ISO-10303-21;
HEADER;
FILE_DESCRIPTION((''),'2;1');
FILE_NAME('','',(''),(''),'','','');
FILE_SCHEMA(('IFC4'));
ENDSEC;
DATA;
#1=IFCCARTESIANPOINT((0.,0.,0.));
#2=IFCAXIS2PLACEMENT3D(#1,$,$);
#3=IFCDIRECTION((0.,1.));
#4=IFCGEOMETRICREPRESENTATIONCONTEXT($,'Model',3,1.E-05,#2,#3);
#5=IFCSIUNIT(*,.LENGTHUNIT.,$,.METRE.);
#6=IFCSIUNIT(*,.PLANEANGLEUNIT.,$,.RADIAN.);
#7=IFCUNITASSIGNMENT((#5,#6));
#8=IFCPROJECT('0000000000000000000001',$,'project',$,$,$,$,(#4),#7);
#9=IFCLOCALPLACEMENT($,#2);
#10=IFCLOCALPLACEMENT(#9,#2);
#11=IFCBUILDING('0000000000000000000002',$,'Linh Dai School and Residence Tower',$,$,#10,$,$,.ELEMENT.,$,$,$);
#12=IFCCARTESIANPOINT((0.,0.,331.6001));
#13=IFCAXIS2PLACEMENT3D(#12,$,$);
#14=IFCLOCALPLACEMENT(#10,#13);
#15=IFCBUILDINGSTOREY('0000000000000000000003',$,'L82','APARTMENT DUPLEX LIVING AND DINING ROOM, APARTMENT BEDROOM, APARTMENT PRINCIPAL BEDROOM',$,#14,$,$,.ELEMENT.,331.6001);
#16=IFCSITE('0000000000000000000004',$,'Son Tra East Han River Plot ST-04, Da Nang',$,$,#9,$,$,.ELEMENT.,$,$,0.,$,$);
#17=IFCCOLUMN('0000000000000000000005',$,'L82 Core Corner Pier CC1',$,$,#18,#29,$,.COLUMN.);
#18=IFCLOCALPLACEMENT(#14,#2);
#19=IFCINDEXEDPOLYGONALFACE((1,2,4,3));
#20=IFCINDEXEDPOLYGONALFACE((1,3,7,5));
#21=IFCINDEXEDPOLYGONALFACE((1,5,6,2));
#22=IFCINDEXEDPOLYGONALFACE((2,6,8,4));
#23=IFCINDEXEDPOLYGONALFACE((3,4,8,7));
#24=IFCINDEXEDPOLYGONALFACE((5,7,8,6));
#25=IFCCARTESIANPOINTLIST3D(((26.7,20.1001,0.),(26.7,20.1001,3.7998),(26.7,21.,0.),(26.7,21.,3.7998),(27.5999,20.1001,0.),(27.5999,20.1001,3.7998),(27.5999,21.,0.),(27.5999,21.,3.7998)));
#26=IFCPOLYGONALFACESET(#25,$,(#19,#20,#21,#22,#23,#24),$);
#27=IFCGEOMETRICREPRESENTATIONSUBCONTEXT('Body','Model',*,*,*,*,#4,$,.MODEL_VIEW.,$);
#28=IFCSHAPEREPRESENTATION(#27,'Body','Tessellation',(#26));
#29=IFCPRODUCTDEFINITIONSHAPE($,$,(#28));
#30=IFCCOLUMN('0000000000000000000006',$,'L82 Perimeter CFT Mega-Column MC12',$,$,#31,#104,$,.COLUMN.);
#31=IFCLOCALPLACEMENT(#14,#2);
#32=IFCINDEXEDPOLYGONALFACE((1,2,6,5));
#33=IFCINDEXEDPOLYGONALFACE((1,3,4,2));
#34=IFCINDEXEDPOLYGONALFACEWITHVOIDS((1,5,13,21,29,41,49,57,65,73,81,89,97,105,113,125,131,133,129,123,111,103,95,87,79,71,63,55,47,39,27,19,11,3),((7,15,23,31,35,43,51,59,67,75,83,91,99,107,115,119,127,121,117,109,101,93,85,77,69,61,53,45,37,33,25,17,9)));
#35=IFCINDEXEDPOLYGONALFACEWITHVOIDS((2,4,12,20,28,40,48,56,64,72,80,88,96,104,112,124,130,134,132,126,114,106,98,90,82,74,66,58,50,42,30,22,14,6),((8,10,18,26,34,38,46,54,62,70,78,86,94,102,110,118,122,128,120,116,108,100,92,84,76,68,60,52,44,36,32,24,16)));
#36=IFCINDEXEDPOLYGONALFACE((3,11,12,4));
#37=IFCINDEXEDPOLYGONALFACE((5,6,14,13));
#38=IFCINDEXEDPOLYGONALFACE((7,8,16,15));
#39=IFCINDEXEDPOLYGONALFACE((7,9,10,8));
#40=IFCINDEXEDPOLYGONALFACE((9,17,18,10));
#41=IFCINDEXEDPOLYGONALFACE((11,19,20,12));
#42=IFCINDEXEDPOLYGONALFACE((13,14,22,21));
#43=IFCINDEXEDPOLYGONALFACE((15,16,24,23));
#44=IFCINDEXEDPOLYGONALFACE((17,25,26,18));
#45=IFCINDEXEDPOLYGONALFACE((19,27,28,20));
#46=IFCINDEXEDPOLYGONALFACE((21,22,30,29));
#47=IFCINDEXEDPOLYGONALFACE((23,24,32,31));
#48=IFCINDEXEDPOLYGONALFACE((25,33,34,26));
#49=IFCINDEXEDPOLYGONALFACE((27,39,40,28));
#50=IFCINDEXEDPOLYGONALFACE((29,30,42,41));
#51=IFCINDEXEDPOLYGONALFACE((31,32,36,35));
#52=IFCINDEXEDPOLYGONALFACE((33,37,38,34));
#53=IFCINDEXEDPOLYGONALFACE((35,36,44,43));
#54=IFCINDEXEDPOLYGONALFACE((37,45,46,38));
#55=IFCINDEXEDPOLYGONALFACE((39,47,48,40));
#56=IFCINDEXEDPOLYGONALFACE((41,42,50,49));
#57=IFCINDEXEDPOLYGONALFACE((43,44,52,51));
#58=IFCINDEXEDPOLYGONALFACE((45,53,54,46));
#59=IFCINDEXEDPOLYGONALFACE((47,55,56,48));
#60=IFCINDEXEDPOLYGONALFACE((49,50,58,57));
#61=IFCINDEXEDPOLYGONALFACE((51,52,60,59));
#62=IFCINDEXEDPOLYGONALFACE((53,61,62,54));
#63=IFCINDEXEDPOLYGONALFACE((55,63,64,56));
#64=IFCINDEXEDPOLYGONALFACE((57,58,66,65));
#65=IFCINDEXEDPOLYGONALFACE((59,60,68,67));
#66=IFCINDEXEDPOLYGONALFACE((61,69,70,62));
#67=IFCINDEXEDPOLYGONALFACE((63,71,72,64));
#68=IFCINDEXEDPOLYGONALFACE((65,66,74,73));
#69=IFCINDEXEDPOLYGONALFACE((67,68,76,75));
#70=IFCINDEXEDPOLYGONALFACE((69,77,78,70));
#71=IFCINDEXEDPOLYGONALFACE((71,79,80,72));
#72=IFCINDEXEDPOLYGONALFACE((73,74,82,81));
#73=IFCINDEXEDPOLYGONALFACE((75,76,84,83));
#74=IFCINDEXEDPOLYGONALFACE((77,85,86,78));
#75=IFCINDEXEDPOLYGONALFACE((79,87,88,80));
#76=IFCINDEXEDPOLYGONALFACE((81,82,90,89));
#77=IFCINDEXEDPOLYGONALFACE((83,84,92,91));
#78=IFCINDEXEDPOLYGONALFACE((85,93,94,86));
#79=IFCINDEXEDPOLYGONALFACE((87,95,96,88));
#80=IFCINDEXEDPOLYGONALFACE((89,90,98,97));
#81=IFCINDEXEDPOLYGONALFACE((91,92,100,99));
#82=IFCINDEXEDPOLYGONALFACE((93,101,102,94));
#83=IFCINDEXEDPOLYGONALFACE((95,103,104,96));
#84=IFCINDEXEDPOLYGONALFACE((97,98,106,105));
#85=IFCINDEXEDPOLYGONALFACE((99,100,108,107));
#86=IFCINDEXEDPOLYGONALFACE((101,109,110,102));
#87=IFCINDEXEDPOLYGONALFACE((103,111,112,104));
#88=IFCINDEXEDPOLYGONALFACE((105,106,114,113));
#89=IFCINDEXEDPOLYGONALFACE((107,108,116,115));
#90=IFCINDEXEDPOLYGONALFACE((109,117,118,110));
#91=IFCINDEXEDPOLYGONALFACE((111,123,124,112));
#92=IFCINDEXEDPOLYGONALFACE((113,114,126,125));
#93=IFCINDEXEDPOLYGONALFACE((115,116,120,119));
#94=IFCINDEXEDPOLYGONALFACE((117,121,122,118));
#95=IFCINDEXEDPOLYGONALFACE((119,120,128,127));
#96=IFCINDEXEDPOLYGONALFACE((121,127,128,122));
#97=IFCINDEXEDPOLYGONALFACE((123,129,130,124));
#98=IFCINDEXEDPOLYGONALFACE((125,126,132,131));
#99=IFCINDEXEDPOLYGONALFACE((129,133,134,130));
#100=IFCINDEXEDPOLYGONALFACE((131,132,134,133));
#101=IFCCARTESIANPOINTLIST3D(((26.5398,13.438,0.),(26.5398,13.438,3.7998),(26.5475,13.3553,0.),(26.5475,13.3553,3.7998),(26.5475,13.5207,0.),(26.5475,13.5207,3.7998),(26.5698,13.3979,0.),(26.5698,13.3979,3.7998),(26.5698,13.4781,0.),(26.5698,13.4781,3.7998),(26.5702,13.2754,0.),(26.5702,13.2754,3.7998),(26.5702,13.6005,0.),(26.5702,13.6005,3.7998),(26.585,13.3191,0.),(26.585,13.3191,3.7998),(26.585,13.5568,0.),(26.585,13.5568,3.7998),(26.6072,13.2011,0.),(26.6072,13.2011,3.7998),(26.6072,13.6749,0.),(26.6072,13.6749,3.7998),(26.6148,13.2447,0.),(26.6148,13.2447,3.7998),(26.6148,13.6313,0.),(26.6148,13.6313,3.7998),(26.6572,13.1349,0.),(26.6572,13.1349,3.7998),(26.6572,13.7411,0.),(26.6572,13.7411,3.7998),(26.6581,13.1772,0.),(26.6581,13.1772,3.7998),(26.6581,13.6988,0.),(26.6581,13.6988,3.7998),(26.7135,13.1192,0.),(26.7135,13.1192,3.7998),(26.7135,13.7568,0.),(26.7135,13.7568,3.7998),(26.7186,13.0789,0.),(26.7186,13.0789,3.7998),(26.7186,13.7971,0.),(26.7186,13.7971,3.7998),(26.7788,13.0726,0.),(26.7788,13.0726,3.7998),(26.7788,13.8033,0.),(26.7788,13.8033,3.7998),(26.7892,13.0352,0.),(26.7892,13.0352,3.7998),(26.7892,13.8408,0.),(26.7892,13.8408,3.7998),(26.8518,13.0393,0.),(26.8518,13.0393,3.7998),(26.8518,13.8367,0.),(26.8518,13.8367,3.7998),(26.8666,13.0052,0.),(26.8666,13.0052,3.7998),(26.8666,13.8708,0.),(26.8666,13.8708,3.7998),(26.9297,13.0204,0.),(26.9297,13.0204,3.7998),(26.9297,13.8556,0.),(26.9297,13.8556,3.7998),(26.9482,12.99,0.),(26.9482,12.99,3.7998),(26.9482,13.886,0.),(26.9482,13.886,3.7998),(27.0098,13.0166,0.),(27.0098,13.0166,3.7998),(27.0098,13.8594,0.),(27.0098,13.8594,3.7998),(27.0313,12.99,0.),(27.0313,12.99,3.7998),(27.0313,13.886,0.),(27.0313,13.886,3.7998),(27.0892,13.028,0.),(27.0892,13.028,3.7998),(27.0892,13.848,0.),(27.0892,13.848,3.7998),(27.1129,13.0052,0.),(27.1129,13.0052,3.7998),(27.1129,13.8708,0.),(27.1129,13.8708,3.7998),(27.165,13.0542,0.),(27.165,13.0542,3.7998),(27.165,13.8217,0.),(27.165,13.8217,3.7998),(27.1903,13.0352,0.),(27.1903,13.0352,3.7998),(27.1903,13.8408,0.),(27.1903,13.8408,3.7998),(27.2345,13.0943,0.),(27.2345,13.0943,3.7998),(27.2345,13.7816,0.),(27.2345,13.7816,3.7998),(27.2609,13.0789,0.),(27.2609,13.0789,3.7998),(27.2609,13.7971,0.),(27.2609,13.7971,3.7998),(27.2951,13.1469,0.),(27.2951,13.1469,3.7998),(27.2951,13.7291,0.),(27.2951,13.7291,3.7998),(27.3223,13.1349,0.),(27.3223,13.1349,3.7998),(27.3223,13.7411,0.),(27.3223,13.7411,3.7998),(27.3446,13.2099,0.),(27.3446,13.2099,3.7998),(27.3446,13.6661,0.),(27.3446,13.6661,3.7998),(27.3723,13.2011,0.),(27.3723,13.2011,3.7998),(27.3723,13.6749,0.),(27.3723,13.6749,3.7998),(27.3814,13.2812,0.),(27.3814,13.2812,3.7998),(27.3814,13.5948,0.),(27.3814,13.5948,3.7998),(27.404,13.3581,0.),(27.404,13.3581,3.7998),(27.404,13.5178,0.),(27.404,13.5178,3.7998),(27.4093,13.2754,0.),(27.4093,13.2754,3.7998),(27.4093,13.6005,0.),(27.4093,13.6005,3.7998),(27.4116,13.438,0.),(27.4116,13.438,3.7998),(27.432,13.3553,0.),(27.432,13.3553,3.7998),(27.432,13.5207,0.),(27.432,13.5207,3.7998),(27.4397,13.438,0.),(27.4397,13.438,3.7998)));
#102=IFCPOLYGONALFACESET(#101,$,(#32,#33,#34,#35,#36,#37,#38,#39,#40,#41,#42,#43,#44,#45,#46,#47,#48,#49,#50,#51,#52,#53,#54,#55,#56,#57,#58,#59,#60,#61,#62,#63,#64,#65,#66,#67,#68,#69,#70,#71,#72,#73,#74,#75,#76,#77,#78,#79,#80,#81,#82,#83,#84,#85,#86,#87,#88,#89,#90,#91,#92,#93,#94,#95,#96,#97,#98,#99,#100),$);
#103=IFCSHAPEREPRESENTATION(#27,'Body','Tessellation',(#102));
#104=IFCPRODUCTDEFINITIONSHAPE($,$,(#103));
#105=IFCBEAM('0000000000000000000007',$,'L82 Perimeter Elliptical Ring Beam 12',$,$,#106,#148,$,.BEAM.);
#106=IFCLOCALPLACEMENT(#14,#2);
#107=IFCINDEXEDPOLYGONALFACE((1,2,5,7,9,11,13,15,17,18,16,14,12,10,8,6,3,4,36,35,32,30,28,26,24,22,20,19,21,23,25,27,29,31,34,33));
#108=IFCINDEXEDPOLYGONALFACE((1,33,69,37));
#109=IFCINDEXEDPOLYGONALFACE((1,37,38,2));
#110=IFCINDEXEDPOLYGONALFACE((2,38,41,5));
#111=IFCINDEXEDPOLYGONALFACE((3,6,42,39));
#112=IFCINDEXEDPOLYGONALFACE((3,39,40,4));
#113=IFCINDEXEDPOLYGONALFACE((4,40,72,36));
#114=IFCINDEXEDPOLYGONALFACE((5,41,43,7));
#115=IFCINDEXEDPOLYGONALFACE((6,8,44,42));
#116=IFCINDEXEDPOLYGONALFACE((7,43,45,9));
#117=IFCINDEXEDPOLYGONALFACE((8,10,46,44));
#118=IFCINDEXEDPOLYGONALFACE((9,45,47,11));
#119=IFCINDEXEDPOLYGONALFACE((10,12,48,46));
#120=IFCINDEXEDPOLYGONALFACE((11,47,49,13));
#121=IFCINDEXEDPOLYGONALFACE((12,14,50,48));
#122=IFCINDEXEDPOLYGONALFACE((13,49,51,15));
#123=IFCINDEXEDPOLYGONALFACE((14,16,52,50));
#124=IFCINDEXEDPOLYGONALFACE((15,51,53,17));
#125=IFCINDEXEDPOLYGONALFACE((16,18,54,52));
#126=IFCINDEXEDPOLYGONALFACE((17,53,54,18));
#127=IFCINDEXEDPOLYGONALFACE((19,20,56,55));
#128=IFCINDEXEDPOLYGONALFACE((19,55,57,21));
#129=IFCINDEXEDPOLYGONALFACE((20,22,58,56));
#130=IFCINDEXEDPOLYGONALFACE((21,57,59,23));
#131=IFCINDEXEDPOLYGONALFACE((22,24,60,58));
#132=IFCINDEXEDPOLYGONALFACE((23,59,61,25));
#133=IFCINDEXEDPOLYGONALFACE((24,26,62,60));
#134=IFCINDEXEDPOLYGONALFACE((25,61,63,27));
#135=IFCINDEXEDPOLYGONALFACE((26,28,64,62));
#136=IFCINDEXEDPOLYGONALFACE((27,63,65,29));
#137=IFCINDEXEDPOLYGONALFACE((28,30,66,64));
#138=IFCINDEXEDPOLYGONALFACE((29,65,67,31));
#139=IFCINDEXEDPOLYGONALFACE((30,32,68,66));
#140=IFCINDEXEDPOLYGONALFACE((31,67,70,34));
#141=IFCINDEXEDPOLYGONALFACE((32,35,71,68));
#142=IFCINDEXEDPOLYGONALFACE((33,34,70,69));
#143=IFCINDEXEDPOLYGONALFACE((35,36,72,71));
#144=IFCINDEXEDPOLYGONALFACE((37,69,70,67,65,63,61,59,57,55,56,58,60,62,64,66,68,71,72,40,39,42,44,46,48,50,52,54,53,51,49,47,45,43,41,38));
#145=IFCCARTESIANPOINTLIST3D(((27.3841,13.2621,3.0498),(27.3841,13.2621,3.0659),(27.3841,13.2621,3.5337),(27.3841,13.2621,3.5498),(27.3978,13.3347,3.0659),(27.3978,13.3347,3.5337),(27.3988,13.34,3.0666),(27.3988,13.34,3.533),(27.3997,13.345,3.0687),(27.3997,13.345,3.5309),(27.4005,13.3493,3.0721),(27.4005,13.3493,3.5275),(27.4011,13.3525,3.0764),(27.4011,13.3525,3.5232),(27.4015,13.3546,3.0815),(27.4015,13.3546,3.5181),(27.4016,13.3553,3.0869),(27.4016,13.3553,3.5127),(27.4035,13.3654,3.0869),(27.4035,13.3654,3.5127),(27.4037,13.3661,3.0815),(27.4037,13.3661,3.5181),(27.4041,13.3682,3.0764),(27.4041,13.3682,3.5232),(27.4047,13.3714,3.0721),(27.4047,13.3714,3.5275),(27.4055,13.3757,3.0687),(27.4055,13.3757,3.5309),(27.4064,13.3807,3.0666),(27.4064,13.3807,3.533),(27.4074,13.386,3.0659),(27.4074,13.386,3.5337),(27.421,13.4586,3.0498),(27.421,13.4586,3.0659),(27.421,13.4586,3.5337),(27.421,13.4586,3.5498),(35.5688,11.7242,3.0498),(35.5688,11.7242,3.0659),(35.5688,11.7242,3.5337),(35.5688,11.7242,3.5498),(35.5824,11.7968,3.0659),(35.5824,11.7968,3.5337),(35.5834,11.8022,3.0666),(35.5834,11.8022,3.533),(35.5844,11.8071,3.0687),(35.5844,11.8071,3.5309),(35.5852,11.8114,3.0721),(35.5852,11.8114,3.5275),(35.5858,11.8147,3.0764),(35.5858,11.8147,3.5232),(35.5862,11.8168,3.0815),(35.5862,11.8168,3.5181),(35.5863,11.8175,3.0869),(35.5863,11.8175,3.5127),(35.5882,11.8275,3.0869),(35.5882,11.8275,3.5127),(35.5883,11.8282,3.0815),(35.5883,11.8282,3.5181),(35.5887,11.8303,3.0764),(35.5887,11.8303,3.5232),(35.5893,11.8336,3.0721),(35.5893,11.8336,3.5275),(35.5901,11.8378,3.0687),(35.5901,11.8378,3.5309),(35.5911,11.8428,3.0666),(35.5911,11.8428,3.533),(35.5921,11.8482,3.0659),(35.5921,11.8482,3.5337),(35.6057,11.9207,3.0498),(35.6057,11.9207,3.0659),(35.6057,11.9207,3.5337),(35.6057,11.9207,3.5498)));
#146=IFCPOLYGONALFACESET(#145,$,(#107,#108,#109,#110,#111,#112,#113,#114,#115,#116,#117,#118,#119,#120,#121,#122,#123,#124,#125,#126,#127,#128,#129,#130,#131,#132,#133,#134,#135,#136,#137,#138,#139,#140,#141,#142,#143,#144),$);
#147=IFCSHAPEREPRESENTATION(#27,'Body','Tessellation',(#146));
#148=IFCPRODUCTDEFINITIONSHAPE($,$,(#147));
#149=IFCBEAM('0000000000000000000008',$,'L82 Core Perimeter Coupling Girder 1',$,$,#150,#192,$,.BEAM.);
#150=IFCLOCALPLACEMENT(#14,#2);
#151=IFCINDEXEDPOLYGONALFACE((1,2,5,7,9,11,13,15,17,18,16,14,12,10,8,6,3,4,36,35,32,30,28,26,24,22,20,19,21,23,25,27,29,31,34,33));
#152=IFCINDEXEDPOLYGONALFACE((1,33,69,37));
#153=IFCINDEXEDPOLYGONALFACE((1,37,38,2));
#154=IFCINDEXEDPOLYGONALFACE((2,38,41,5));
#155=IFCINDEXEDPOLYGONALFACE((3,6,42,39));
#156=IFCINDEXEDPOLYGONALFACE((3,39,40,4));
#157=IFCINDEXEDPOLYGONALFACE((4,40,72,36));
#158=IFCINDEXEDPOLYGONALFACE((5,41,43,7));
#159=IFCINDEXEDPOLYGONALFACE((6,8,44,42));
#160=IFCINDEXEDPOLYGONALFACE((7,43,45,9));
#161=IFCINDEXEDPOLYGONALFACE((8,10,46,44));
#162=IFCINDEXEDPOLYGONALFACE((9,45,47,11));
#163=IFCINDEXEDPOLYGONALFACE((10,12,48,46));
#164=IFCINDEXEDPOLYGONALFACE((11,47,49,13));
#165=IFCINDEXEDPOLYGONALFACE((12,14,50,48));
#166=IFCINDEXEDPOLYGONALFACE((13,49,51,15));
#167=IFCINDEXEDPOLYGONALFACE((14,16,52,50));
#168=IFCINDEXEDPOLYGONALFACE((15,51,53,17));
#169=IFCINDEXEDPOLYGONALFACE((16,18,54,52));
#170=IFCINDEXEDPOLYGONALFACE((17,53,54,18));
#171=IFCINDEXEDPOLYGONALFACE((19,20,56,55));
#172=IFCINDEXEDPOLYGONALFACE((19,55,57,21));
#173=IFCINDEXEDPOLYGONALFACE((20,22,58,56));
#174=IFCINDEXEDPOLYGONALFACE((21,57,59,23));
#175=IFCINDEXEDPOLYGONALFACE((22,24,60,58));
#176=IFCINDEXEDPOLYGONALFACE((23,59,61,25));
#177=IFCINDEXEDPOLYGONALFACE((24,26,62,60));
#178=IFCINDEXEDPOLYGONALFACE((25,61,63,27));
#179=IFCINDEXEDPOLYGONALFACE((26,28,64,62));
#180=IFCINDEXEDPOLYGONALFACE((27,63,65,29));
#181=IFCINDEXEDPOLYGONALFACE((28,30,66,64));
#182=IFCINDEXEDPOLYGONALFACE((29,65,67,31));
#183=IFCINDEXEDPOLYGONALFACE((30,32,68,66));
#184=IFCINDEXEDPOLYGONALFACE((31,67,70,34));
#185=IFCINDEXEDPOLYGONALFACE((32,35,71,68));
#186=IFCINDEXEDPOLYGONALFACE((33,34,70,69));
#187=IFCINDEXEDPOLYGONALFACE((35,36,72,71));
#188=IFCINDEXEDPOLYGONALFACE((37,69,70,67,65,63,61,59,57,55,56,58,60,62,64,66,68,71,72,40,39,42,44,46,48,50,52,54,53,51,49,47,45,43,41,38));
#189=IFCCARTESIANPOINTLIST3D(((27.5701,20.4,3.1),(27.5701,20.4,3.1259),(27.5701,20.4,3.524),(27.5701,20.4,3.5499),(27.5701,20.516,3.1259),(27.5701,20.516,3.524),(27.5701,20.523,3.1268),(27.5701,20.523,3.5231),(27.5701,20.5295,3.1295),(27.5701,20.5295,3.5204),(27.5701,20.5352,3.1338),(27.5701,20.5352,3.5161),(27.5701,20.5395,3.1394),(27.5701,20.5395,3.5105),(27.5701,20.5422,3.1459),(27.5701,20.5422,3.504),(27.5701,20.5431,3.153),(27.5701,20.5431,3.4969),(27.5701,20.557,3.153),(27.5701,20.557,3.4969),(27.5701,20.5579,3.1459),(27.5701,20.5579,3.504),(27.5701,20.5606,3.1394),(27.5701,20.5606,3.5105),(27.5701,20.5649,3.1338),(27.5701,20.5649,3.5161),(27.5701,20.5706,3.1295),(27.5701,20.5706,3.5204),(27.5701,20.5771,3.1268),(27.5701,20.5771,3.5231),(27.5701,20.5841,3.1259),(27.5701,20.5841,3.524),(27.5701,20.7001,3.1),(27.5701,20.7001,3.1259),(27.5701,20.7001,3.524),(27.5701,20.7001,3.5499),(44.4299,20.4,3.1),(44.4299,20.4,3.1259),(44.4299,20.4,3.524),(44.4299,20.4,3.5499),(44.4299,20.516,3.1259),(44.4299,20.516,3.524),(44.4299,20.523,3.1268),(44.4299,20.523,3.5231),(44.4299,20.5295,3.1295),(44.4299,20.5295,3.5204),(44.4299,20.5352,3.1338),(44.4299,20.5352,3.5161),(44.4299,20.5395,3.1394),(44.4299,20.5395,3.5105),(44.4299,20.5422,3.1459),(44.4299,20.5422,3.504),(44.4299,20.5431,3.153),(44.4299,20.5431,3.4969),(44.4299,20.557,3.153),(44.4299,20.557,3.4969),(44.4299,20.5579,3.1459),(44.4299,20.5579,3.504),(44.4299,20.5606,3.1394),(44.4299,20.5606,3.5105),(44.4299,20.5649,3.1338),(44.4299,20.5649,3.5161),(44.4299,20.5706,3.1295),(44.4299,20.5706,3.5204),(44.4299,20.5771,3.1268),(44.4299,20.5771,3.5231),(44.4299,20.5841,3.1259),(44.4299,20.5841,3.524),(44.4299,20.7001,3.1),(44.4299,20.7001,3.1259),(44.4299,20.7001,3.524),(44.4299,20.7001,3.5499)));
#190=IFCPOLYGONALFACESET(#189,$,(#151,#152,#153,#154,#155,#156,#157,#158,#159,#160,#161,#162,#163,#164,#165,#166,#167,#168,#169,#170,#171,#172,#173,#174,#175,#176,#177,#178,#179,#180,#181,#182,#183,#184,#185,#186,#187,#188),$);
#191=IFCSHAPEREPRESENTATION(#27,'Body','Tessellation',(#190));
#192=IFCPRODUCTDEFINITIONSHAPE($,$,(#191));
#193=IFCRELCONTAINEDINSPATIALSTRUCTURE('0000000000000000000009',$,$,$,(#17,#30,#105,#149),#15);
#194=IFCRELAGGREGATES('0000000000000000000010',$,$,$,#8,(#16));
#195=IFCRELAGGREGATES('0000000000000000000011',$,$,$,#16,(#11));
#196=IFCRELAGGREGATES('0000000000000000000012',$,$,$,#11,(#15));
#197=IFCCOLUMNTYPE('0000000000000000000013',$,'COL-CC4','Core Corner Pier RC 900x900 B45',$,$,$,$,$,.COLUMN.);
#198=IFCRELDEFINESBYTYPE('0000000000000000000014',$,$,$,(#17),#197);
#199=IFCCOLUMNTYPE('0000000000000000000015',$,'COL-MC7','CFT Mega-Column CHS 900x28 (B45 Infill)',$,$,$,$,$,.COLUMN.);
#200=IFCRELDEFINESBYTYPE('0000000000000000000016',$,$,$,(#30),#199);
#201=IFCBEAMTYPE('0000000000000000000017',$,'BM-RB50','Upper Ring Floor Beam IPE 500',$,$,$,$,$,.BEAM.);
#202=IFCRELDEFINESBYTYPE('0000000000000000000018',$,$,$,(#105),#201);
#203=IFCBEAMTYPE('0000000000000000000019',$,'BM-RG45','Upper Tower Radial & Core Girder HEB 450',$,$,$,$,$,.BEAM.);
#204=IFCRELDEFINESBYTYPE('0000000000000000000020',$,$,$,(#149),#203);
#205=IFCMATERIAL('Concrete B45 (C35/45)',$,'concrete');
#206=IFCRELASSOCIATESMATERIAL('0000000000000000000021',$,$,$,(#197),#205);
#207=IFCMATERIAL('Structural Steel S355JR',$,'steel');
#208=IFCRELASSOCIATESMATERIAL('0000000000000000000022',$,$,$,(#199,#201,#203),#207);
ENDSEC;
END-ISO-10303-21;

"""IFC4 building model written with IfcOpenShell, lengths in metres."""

from ifc_helpers import new_model, si_unit, direction, frame, origin, origin_2d, place, context, subcontext, project, spatial, rectangle, hollow_circle, i_section, extrude, material, material_profile, profile_set, type_object, element, save


model = new_model("IFC4")

# Units and contexts
model_context = context("Model", 3, precision=1e-05, world=origin(), true_north=direction((0.0, 1.0)))
body_context = subcontext(model_context, "Body", "Model", "MODEL_VIEW")
ifc_project = project(units=[si_unit("LENGTHUNIT", "METRE"), si_unit("PLANEANGLEUNIT", "RADIAN")], contexts=[model_context])

# Site, building, storey
site_placement = place(None, origin())
site = spatial("IfcSite", under=ifc_project, at=site_placement, Name="Son Tra East Han River Plot ST-04, Da Nang", CompositionType="ELEMENT", RefElevation=0.0)
building_placement = place(site_placement, origin())
building = spatial("IfcBuilding", under=site, at=building_placement, Name="Linh Dai School and Residence Tower", CompositionType="ELEMENT")
storey_placement = place(building_placement, frame((0.0, 0.0, 331.6001)))
storey = spatial("IfcBuildingStorey", under=building, at=storey_placement, Name="L82", Description="APARTMENT DUPLEX LIVING AND DINING ROOM, APARTMENT BEDROOM, APARTMENT PRINCIPAL BEDROOM", CompositionType="ELEMENT", Elevation=331.6001)

# Columns
ifc_material_1 = material(Name="Concrete B45 (C35/45)", Category="concrete")
ifc_material_profile_1 = material_profile(ifc_material_1, rectangle(XDim=0.8999, YDim=0.8999, at=origin_2d()), Name="RC 900x900")
ifc_profile_set_1 = profile_set([ifc_material_profile_1], Name="Concrete B45 (C35/45)")
column_type_1 = type_object("IfcColumnType", Name="COL-CC4", Description="Core Corner Pier RC 900x900 B45", PredefinedType="COLUMN", material=ifc_profile_set_1)
column_1_placement = place(storey_placement, frame((27.1499, 20.55, 0.0), z_axis=(0.0, 0.0, 1.0), x_axis=(1.0, 0.0, 0.0)))
element("IfcColumn", 1, at=column_1_placement, inside=storey, type_object=column_type_1, Name="L82 Core Corner Pier CC1", PredefinedType="COLUMN", context=body_context, shape_type="SweptSolid", body=[
    extrude(rectangle(XDim=0.8999, YDim=0.8999, at=origin_2d()), origin(), (0.0, 0.0, 1.0), 3.7998),
])
ifc_material_2 = material(Name="Structural Steel S355JR", Category="steel")
ifc_material_profile_2 = material_profile(ifc_material_2, hollow_circle(Radius=0.45, WallThickness=0.0281, at=origin_2d()), Name="CHS 900x28")
ifc_profile_set_2 = profile_set([ifc_material_profile_2], Name="Structural Steel S355JR")
column_type_2 = type_object("IfcColumnType", Name="COL-MC7", Description="CFT Mega-Column CHS 900x28 (B45 Infill)", PredefinedType="COLUMN", material=ifc_profile_set_2)
column_2_placement = place(storey_placement, frame((26.9897, 13.438, 0.0), z_axis=(0.0, 0.0, 1.0), x_axis=(1.0, 0.0, 0.0)))
element("IfcColumn", 2, at=column_2_placement, inside=storey, type_object=column_type_2, Name="L82 Perimeter CFT Mega-Column MC12", PredefinedType="COLUMN", context=body_context, shape_type="SweptSolid", body=[
    extrude(hollow_circle(Radius=0.45, WallThickness=0.0281, at=origin_2d()), origin(), (0.0, 0.0, 1.0), 3.7998),
])

# Beams
ifc_material_profile_3 = material_profile(ifc_material_2, i_section(OverallWidth=0.2, OverallDepth=0.5, WebThickness=0.0103, FlangeThickness=0.0161, FilletRadius=0.021, at=origin_2d()), Name="IPE 500")
ifc_profile_set_3 = profile_set([ifc_material_profile_3], Name="Structural Steel S355JR")
beam_type_1 = type_object("IfcBeamType", Name="BM-RB50", Description="Upper Ring Floor Beam IPE 500", PredefinedType="BEAM", material=ifc_profile_set_3)
beam_1_placement = place(storey_placement, frame((27.4026, 13.3604, 3.2998), z_axis=(0.982802, -0.184664, 0.0), x_axis=(0.184664, 0.982802, 0.0)))
element("IfcBeam", 3, at=beam_1_placement, inside=storey, type_object=beam_type_1, Name="L82 Perimeter Elliptical Ring Beam 12", PredefinedType="BEAM", context=body_context, shape_type="SweptSolid", body=[
    extrude(i_section(OverallWidth=0.2, OverallDepth=0.5, WebThickness=0.0103, FlangeThickness=0.0161, FilletRadius=0.021, at=origin_2d()), origin(), (0.0, 0.0, 1.0), 8.3279),
])
ifc_material_profile_4 = material_profile(ifc_material_2, i_section(OverallWidth=0.3, OverallDepth=0.45, WebThickness=0.0139, FlangeThickness=0.0259, FilletRadius=0.0271, at=origin_2d()), Name="HEB 450")
ifc_profile_set_4 = profile_set([ifc_material_profile_4], Name="Structural Steel S355JR")
beam_type_2 = type_object("IfcBeamType", Name="BM-RG45", Description="Upper Tower Radial & Core Girder HEB 450", PredefinedType="BEAM", material=ifc_profile_set_4)
beam_2_placement = place(storey_placement, frame((27.5701, 20.55, 3.325), z_axis=(1.0, 0.0, 0.0), x_axis=(0.0, 1.0, 0.0)))
element("IfcBeam", 4, at=beam_2_placement, inside=storey, type_object=beam_type_2, Name="L82 Core Perimeter Coupling Girder 1", PredefinedType="BEAM", context=body_context, shape_type="SweptSolid", body=[
    extrude(i_section(OverallWidth=0.3, OverallDepth=0.45, WebThickness=0.0139, FlangeThickness=0.0259, FilletRadius=0.0271, at=origin_2d()), origin(), (0.0, 0.0, 1.0), 16.8599),
])

save(model, "model.ifc")
